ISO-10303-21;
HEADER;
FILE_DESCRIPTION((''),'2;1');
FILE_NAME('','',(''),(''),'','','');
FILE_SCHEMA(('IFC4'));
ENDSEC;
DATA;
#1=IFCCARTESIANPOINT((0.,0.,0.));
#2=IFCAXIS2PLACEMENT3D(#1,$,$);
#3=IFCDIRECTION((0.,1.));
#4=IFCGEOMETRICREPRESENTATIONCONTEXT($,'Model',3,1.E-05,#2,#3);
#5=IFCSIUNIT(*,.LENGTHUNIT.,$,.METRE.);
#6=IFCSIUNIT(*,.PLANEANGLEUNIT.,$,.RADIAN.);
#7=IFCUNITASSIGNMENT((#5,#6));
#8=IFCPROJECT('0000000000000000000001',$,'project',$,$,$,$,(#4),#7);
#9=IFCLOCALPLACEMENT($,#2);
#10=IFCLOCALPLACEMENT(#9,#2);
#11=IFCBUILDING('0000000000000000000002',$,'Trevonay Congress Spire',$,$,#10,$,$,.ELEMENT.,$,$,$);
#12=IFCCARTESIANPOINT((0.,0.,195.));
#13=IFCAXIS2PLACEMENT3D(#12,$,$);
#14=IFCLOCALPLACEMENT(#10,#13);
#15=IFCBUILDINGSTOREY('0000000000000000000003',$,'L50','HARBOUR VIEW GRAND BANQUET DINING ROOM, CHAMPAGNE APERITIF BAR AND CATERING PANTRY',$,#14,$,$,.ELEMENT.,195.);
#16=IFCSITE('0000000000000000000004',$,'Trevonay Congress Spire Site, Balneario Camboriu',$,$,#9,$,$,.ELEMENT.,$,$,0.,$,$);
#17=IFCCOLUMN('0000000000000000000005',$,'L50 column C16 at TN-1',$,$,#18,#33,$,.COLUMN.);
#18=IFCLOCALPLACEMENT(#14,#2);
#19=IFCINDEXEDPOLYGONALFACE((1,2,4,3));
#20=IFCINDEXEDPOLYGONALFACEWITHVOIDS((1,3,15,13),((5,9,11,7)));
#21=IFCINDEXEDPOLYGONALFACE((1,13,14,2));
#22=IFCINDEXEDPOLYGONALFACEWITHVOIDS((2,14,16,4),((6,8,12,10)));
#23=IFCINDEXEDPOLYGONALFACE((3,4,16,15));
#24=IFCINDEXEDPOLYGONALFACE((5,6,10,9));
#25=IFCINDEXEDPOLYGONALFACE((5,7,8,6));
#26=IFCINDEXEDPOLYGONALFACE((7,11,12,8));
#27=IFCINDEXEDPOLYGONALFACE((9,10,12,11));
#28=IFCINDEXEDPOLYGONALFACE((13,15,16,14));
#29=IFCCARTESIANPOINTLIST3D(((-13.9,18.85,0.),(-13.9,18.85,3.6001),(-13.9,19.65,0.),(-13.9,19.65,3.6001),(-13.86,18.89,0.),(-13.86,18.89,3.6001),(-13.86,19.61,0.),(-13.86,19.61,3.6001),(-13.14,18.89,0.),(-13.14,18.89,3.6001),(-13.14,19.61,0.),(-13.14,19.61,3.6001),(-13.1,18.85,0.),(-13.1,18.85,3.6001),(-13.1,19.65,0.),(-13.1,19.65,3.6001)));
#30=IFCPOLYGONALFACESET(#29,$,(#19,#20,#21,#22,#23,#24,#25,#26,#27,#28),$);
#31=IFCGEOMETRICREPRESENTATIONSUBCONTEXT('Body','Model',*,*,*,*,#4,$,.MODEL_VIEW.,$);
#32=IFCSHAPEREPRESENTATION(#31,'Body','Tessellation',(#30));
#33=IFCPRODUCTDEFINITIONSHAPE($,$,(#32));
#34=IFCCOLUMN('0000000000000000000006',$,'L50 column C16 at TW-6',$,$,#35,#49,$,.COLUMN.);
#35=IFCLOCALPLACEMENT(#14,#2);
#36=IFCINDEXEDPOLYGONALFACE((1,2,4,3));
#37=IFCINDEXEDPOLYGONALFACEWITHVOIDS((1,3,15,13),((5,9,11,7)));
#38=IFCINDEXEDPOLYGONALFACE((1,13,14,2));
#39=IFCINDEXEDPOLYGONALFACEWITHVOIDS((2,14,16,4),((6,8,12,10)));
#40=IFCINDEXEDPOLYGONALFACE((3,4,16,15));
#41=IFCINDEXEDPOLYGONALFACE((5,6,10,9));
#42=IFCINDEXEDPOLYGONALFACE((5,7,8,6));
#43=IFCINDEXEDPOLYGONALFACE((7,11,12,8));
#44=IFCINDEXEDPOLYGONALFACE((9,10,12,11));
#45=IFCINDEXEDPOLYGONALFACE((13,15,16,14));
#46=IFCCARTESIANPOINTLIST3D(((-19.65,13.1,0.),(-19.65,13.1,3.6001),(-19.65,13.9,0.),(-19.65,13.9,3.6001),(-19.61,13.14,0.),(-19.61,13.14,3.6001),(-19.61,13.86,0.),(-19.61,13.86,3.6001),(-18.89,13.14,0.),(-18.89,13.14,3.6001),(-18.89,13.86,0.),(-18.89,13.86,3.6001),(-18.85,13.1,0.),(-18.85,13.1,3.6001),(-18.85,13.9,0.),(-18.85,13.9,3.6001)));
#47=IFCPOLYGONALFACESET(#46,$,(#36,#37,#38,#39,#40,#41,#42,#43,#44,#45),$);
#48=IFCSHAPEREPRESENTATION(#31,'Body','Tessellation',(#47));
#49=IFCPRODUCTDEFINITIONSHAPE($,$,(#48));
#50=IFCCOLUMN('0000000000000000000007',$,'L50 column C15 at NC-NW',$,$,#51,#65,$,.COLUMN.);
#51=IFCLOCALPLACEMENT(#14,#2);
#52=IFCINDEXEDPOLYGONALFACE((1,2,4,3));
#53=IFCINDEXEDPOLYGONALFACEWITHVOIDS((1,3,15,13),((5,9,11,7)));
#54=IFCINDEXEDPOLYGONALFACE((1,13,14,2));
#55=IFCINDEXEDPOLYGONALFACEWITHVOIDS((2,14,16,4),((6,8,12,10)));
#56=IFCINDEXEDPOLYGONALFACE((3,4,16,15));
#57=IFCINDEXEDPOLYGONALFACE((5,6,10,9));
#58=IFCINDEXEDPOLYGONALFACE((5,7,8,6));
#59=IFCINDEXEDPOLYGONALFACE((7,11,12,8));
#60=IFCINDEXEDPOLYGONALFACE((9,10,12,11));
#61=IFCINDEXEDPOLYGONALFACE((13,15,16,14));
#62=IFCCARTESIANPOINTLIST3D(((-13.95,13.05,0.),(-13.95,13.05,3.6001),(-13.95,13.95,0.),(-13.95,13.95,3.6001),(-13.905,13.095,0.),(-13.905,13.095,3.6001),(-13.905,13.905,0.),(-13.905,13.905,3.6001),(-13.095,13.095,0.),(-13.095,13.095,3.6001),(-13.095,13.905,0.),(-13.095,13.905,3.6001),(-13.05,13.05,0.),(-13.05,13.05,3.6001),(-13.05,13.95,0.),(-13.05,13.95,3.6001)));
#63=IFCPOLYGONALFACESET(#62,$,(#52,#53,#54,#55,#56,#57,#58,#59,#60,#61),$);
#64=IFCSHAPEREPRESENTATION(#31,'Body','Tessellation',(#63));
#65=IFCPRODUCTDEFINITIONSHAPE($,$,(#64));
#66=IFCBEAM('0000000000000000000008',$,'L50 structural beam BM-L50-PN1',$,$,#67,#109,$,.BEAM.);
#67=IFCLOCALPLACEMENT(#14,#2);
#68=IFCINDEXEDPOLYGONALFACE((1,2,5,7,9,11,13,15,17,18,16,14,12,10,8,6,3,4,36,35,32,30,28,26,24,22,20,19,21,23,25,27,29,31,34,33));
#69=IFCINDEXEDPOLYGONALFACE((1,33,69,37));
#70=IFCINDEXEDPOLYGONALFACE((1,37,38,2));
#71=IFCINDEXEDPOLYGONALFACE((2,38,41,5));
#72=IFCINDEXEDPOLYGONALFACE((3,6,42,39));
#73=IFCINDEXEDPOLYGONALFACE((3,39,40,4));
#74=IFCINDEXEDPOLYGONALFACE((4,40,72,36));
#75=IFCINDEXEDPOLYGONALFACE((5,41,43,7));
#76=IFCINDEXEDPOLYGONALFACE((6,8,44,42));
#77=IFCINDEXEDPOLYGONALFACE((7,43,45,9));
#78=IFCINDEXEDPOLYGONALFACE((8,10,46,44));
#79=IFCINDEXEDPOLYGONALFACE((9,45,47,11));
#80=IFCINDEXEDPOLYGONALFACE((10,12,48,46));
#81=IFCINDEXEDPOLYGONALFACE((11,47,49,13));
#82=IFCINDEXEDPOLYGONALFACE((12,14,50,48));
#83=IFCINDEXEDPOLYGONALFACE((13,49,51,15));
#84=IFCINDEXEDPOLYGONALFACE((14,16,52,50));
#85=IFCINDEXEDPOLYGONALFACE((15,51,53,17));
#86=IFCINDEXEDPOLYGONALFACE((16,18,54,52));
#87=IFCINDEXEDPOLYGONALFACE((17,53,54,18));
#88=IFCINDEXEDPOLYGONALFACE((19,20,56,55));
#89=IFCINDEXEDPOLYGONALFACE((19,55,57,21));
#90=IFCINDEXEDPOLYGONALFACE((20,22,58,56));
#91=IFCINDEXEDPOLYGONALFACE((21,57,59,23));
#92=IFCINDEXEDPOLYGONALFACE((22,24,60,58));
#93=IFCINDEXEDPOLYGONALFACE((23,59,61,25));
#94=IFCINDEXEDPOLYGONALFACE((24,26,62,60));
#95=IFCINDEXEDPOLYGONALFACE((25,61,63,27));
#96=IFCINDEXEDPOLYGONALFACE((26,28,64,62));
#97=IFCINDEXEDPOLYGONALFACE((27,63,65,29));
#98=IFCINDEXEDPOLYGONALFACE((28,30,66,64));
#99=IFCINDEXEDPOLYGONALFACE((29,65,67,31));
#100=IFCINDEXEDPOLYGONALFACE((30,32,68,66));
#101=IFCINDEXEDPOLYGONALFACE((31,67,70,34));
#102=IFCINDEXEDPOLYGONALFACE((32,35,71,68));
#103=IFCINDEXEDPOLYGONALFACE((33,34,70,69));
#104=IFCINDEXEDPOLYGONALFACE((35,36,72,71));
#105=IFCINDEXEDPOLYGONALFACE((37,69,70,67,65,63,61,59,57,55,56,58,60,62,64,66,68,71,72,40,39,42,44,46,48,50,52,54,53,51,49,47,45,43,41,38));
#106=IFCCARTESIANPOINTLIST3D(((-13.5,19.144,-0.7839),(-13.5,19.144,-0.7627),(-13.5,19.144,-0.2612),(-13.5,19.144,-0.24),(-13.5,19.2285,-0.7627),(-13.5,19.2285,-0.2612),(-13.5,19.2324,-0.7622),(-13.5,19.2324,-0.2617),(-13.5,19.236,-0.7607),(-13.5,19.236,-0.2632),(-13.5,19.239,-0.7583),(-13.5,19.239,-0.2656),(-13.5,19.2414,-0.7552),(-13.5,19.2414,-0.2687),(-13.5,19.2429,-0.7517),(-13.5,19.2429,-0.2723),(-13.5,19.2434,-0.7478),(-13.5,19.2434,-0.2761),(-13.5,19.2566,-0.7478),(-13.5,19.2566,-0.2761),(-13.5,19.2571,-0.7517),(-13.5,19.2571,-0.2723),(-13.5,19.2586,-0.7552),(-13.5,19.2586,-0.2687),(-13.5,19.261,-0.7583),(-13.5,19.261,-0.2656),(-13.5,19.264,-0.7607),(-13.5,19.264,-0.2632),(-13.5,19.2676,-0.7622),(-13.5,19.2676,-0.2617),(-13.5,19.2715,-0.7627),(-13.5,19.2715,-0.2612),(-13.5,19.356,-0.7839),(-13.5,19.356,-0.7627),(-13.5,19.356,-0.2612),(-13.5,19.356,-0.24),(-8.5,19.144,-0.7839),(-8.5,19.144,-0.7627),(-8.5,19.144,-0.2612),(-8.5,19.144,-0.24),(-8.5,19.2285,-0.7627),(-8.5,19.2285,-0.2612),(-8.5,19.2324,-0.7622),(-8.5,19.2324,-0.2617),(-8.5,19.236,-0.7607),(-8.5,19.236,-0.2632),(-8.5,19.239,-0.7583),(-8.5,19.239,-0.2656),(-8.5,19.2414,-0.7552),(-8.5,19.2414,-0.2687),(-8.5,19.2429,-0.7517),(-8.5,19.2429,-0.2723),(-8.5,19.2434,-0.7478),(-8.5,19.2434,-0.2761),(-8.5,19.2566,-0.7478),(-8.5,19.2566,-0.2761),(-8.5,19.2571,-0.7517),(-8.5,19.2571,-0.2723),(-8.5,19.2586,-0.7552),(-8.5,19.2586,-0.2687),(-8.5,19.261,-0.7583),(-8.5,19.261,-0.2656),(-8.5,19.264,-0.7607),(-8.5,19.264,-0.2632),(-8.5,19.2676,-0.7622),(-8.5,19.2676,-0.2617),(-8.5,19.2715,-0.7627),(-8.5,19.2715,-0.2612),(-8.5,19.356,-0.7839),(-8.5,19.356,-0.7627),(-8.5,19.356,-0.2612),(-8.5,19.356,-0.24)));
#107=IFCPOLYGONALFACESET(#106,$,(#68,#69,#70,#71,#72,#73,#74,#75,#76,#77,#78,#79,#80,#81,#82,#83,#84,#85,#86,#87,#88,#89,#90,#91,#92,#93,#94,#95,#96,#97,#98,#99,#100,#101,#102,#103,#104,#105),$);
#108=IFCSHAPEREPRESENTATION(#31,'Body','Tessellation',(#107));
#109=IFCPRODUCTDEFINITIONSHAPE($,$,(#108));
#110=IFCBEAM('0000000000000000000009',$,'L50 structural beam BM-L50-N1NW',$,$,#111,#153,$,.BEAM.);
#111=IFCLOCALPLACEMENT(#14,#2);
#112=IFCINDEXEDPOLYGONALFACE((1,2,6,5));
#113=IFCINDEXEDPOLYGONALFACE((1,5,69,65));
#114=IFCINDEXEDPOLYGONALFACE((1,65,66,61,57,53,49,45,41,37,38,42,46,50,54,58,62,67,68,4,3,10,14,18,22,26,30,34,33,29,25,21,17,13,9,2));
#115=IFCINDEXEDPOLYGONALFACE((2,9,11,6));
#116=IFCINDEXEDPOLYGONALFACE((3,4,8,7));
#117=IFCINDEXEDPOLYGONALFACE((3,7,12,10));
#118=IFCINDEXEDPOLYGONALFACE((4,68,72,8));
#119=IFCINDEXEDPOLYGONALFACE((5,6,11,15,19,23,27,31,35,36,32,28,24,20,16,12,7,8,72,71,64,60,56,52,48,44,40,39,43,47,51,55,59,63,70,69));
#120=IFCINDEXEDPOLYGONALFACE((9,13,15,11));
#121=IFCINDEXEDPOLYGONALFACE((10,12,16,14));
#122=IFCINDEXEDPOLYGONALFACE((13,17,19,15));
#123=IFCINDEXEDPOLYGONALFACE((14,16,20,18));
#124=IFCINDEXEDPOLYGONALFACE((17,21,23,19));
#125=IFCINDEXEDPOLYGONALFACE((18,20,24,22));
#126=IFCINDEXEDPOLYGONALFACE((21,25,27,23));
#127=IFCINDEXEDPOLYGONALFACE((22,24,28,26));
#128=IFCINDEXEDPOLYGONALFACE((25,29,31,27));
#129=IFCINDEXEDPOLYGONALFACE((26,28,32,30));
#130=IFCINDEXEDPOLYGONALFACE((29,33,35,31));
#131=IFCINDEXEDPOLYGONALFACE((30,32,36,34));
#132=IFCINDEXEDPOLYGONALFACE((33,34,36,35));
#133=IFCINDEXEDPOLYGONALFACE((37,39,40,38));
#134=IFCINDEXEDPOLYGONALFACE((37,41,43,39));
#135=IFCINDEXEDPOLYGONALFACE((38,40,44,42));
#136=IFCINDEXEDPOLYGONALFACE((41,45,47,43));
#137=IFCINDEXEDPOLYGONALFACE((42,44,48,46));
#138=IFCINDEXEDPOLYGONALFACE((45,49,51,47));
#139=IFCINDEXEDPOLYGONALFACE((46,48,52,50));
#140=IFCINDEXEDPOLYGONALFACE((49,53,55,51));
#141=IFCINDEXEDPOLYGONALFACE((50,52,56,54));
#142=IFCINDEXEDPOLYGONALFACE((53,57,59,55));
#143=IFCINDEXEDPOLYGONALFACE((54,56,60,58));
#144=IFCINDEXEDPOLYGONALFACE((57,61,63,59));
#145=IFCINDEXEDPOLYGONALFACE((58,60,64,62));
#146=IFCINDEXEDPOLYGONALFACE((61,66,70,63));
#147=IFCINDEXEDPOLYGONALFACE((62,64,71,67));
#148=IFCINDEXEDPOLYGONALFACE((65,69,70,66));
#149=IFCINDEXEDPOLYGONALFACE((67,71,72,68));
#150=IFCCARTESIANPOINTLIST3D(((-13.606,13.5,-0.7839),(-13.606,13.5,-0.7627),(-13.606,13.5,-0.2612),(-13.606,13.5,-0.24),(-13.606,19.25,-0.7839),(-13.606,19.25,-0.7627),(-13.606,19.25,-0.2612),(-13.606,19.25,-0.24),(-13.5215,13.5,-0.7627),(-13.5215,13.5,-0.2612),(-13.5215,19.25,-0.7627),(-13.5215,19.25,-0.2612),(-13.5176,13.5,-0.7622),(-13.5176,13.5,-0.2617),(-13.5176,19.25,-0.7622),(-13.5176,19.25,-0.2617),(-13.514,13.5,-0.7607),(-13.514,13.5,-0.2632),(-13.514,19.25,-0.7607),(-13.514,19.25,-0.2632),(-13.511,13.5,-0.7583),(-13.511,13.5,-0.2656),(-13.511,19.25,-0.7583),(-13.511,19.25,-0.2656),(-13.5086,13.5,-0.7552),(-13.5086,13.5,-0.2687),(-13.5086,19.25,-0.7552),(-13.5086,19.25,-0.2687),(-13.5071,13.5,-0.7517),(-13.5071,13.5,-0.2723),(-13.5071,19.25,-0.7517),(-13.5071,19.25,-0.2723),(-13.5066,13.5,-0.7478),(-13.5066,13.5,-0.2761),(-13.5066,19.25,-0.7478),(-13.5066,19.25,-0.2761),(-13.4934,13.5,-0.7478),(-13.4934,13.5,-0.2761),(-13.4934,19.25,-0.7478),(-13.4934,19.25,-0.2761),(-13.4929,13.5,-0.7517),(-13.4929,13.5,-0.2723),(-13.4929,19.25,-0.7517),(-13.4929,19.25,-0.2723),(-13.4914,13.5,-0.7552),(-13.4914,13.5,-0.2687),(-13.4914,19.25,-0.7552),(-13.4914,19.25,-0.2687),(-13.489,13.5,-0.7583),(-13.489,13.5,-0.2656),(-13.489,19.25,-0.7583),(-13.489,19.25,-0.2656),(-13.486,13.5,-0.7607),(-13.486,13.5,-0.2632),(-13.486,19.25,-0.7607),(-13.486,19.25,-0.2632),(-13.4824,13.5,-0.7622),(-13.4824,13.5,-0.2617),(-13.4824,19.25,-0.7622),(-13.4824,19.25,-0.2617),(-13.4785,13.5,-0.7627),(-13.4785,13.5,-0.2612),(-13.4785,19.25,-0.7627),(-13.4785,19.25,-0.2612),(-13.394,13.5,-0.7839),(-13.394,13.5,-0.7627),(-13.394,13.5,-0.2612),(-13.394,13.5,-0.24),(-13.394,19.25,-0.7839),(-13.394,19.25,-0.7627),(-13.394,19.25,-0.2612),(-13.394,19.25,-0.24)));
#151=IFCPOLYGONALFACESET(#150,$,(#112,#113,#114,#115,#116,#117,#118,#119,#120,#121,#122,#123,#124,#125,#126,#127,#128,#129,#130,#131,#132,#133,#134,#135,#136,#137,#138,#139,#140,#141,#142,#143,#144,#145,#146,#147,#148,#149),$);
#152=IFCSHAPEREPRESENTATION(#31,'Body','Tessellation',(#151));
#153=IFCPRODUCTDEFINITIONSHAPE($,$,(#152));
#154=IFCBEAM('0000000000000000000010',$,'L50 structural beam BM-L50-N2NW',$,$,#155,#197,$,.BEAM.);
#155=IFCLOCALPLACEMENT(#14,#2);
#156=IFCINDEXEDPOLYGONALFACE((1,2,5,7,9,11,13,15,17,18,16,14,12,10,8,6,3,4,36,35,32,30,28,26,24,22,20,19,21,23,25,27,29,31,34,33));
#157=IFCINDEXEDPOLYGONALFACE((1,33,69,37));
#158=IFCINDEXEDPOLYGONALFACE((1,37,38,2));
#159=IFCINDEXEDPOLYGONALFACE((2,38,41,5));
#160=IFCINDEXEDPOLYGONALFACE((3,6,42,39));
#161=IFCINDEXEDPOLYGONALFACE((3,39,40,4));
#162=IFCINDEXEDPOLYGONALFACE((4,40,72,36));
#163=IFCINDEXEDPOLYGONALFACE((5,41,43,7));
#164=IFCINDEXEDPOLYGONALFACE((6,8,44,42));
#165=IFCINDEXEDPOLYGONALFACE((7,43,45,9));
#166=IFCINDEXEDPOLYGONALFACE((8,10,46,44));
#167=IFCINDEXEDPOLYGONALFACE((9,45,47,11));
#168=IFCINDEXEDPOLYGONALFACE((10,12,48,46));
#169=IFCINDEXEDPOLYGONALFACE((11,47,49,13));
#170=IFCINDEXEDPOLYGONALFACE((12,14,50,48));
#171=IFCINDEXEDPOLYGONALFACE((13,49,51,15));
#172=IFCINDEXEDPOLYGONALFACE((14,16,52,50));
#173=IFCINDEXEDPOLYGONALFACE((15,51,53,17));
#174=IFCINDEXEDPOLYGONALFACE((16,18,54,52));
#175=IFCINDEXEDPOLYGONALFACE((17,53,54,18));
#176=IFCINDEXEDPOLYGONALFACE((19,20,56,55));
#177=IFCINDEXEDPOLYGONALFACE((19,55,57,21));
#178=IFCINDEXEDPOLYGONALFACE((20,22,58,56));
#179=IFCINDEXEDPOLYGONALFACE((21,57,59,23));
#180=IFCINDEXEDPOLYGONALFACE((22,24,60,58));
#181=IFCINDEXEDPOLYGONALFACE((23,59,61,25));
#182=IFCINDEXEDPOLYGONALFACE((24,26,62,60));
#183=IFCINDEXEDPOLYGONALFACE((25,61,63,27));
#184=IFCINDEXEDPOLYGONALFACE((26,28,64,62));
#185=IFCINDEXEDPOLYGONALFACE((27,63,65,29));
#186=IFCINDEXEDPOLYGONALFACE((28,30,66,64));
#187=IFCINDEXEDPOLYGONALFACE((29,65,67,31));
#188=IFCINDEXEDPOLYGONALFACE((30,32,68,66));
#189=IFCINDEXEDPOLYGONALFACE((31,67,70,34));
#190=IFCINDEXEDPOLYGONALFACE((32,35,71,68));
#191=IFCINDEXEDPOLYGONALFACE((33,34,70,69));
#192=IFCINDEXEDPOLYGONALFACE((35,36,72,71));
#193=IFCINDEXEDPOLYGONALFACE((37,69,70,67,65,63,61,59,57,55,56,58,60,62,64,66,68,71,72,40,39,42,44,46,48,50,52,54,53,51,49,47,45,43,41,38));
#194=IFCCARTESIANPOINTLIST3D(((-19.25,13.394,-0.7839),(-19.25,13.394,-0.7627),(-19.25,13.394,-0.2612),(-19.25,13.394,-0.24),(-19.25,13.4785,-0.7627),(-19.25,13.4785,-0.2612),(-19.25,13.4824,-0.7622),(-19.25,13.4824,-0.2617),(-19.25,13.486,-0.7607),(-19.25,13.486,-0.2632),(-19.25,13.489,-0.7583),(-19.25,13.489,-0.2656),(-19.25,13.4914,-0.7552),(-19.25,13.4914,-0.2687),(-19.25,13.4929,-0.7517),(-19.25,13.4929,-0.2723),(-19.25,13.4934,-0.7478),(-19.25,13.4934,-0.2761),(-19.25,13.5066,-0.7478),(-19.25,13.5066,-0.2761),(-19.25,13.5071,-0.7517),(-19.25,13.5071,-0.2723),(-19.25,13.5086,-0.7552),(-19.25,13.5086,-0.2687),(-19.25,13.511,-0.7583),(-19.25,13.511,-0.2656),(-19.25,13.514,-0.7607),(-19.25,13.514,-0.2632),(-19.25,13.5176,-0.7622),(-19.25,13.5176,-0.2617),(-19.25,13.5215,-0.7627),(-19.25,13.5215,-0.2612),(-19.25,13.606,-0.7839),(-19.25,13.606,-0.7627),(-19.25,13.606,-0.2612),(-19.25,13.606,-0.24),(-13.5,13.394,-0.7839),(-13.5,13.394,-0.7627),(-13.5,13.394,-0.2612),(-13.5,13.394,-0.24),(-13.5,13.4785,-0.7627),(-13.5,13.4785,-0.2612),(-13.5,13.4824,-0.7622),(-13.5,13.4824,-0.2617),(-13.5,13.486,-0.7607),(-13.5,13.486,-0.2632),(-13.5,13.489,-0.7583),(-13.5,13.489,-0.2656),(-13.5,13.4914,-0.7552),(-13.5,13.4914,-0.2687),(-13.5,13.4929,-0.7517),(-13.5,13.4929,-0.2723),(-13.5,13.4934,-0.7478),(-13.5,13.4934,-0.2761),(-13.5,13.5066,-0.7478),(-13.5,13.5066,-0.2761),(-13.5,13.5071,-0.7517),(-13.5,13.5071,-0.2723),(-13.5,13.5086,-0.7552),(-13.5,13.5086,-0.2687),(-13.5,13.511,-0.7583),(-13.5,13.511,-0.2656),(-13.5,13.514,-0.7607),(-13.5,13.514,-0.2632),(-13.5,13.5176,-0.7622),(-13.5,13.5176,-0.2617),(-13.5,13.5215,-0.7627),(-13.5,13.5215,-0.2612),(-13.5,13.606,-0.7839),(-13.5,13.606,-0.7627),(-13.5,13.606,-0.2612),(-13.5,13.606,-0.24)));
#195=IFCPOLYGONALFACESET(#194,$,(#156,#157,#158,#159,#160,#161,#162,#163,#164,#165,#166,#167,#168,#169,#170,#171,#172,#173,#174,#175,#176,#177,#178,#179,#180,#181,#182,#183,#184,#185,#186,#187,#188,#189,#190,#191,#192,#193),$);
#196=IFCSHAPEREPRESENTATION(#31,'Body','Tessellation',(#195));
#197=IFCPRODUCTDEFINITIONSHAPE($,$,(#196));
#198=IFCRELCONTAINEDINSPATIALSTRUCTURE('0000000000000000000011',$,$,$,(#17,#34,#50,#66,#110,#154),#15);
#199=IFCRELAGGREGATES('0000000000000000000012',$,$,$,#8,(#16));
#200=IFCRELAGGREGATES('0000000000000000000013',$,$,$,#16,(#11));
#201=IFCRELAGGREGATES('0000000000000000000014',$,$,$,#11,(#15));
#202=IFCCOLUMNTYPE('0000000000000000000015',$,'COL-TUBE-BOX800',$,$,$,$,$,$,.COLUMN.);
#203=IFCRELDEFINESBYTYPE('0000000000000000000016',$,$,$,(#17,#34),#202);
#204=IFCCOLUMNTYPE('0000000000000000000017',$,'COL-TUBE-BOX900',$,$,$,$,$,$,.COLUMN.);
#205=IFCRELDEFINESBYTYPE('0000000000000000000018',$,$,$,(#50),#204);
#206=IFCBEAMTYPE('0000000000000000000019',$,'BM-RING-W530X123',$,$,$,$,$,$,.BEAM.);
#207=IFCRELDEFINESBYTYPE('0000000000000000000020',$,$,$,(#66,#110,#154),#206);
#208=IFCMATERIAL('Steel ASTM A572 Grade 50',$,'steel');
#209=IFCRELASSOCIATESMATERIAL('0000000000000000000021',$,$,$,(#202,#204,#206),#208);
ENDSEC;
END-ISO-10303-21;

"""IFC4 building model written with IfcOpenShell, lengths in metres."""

from ifc_helpers import new_model, si_unit, direction, frame, origin, origin_2d, place, context, subcontext, project, spatial, hollow_rectangle, i_section, extrude, material, material_profile, profile_set, type_object, element, save


model = new_model("IFC4")

# Units and contexts
model_context = context("Model", 3, precision=1e-05, world=origin(), true_north=direction((0.0, 1.0)))
body_context = subcontext(model_context, "Body", "Model", "MODEL_VIEW")
ifc_project = project(units=[si_unit("LENGTHUNIT", "METRE"), si_unit("PLANEANGLEUNIT", "RADIAN")], contexts=[model_context])

# Site, building, storey
site_placement = place(None, origin())
site = spatial("IfcSite", under=ifc_project, at=site_placement, Name="Trevonay Congress Spire Site, Balneario Camboriu", CompositionType="ELEMENT", RefElevation=0.0)
building_placement = place(site_placement, origin())
building = spatial("IfcBuilding", under=site, at=building_placement, Name="Trevonay Congress Spire", CompositionType="ELEMENT")
storey_placement = place(building_placement, frame((0.0, 0.0, 195.0)))
storey = spatial("IfcBuildingStorey", under=building, at=storey_placement, Name="L50", Description="HARBOUR VIEW GRAND BANQUET DINING ROOM, CHAMPAGNE APERITIF BAR AND CATERING PANTRY", CompositionType="ELEMENT", Elevation=195.0)

# Columns
ifc_material_1 = material(Name="Steel ASTM A572 Grade 50", Category="steel")
ifc_material_profile_1 = material_profile(ifc_material_1, hollow_rectangle(XDim=0.8, YDim=0.8, WallThickness=0.04, at=origin_2d()), Name="BOX 800x800x40")
ifc_profile_set_1 = profile_set([ifc_material_profile_1], Name="Steel ASTM A572 Grade 50")
column_type_1 = type_object("IfcColumnType", Name="COL-TUBE-BOX800", PredefinedType="COLUMN", material=ifc_profile_set_1)
for number, where, z_axis, x_axis, name in (
    (1, (-13.5, 19.25, 0.0), (0.0, 0.0, 1.0), (1.0, 0.0, 0.0), "L50 column C16 at TN-1"),
    (2, (-19.25, 13.5, 0.0), (0.0, 0.0, 1.0), (1.0, 0.0, 0.0), "L50 column C16 at TW-6"),
):
    element("IfcColumn", number, at=place(storey_placement, frame(where, z_axis=z_axis, x_axis=x_axis)), inside=storey, type_object=column_type_1, Name=name, PredefinedType="COLUMN", context=body_context, shape_type="SweptSolid", body=[
        extrude(hollow_rectangle(XDim=0.8, YDim=0.8, WallThickness=0.04, at=origin_2d()), origin(), (0.0, 0.0, 1.0), 3.6001),
    ])
ifc_material_profile_2 = material_profile(ifc_material_1, hollow_rectangle(XDim=0.8999, YDim=0.8999, WallThickness=0.0449, at=origin_2d()), Name="BOX 900x900x45")
ifc_profile_set_2 = profile_set([ifc_material_profile_2], Name="Steel ASTM A572 Grade 50")
column_type_2 = type_object("IfcColumnType", Name="COL-TUBE-BOX900", PredefinedType="COLUMN", material=ifc_profile_set_2)
column_placement = place(storey_placement, frame((-13.5, 13.5, 0.0), z_axis=(0.0, 0.0, 1.0), x_axis=(1.0, 0.0, 0.0)))
element("IfcColumn", 3, at=column_placement, inside=storey, type_object=column_type_2, Name="L50 column C15 at NC-NW", PredefinedType="COLUMN", context=body_context, shape_type="SweptSolid", body=[
    extrude(hollow_rectangle(XDim=0.8999, YDim=0.8999, WallThickness=0.0449, at=origin_2d()), origin(), (0.0, 0.0, 1.0), 3.6001),
])

# Beams
ifc_material_profile_3 = material_profile(ifc_material_1, i_section(OverallWidth=0.2119, OverallDepth=0.5439, WebThickness=0.0132, FlangeThickness=0.0212, FilletRadius=0.0149, at=origin_2d()), Name="W530x123")
ifc_profile_set_3 = profile_set([ifc_material_profile_3], Name="Steel ASTM A572 Grade 50")
beam_type_1 = type_object("IfcBeamType", Name="BM-RING-W530X123", PredefinedType="BEAM", material=ifc_profile_set_3)
beam_1_placement = place(storey_placement, frame((-13.5, 19.25, -0.512), z_axis=(1.0, 0.0, 0.0), x_axis=(0.0, 1.0, 0.0)))
element("IfcBeam", 4, at=beam_1_placement, inside=storey, type_object=beam_type_1, Name="L50 structural beam BM-L50-PN1", PredefinedType="BEAM", context=body_context, shape_type="SweptSolid", body=[
    extrude(i_section(OverallWidth=0.2119, OverallDepth=0.5439, WebThickness=0.0132, FlangeThickness=0.0212, FilletRadius=0.0149, at=origin_2d()), origin(), (0.0, 0.0, 1.0), 5.0),
])
for number, where, z_axis, x_axis, name in (
    (5, (-13.5, 19.25, -0.512), (0.0, -1.0, 0.0), (1.0, 0.0, 0.0), "L50 structural beam BM-L50-N1NW"),
    (6, (-19.25, 13.5, -0.512), (1.0, 0.0, 0.0), (0.0, 1.0, 0.0), "L50 structural beam BM-L50-N2NW"),
):
    element("IfcBeam", number, at=place(storey_placement, frame(where, z_axis=z_axis, x_axis=x_axis)), inside=storey, type_object=beam_type_1, Name=name, PredefinedType="BEAM", context=body_context, shape_type="SweptSolid", body=[
        extrude(i_section(OverallWidth=0.2119, OverallDepth=0.5439, WebThickness=0.0132, FlangeThickness=0.0212, FilletRadius=0.0149, at=origin_2d()), origin(), (0.0, 0.0, 1.0), 5.75),
    ])

save(model, "model.ifc")
